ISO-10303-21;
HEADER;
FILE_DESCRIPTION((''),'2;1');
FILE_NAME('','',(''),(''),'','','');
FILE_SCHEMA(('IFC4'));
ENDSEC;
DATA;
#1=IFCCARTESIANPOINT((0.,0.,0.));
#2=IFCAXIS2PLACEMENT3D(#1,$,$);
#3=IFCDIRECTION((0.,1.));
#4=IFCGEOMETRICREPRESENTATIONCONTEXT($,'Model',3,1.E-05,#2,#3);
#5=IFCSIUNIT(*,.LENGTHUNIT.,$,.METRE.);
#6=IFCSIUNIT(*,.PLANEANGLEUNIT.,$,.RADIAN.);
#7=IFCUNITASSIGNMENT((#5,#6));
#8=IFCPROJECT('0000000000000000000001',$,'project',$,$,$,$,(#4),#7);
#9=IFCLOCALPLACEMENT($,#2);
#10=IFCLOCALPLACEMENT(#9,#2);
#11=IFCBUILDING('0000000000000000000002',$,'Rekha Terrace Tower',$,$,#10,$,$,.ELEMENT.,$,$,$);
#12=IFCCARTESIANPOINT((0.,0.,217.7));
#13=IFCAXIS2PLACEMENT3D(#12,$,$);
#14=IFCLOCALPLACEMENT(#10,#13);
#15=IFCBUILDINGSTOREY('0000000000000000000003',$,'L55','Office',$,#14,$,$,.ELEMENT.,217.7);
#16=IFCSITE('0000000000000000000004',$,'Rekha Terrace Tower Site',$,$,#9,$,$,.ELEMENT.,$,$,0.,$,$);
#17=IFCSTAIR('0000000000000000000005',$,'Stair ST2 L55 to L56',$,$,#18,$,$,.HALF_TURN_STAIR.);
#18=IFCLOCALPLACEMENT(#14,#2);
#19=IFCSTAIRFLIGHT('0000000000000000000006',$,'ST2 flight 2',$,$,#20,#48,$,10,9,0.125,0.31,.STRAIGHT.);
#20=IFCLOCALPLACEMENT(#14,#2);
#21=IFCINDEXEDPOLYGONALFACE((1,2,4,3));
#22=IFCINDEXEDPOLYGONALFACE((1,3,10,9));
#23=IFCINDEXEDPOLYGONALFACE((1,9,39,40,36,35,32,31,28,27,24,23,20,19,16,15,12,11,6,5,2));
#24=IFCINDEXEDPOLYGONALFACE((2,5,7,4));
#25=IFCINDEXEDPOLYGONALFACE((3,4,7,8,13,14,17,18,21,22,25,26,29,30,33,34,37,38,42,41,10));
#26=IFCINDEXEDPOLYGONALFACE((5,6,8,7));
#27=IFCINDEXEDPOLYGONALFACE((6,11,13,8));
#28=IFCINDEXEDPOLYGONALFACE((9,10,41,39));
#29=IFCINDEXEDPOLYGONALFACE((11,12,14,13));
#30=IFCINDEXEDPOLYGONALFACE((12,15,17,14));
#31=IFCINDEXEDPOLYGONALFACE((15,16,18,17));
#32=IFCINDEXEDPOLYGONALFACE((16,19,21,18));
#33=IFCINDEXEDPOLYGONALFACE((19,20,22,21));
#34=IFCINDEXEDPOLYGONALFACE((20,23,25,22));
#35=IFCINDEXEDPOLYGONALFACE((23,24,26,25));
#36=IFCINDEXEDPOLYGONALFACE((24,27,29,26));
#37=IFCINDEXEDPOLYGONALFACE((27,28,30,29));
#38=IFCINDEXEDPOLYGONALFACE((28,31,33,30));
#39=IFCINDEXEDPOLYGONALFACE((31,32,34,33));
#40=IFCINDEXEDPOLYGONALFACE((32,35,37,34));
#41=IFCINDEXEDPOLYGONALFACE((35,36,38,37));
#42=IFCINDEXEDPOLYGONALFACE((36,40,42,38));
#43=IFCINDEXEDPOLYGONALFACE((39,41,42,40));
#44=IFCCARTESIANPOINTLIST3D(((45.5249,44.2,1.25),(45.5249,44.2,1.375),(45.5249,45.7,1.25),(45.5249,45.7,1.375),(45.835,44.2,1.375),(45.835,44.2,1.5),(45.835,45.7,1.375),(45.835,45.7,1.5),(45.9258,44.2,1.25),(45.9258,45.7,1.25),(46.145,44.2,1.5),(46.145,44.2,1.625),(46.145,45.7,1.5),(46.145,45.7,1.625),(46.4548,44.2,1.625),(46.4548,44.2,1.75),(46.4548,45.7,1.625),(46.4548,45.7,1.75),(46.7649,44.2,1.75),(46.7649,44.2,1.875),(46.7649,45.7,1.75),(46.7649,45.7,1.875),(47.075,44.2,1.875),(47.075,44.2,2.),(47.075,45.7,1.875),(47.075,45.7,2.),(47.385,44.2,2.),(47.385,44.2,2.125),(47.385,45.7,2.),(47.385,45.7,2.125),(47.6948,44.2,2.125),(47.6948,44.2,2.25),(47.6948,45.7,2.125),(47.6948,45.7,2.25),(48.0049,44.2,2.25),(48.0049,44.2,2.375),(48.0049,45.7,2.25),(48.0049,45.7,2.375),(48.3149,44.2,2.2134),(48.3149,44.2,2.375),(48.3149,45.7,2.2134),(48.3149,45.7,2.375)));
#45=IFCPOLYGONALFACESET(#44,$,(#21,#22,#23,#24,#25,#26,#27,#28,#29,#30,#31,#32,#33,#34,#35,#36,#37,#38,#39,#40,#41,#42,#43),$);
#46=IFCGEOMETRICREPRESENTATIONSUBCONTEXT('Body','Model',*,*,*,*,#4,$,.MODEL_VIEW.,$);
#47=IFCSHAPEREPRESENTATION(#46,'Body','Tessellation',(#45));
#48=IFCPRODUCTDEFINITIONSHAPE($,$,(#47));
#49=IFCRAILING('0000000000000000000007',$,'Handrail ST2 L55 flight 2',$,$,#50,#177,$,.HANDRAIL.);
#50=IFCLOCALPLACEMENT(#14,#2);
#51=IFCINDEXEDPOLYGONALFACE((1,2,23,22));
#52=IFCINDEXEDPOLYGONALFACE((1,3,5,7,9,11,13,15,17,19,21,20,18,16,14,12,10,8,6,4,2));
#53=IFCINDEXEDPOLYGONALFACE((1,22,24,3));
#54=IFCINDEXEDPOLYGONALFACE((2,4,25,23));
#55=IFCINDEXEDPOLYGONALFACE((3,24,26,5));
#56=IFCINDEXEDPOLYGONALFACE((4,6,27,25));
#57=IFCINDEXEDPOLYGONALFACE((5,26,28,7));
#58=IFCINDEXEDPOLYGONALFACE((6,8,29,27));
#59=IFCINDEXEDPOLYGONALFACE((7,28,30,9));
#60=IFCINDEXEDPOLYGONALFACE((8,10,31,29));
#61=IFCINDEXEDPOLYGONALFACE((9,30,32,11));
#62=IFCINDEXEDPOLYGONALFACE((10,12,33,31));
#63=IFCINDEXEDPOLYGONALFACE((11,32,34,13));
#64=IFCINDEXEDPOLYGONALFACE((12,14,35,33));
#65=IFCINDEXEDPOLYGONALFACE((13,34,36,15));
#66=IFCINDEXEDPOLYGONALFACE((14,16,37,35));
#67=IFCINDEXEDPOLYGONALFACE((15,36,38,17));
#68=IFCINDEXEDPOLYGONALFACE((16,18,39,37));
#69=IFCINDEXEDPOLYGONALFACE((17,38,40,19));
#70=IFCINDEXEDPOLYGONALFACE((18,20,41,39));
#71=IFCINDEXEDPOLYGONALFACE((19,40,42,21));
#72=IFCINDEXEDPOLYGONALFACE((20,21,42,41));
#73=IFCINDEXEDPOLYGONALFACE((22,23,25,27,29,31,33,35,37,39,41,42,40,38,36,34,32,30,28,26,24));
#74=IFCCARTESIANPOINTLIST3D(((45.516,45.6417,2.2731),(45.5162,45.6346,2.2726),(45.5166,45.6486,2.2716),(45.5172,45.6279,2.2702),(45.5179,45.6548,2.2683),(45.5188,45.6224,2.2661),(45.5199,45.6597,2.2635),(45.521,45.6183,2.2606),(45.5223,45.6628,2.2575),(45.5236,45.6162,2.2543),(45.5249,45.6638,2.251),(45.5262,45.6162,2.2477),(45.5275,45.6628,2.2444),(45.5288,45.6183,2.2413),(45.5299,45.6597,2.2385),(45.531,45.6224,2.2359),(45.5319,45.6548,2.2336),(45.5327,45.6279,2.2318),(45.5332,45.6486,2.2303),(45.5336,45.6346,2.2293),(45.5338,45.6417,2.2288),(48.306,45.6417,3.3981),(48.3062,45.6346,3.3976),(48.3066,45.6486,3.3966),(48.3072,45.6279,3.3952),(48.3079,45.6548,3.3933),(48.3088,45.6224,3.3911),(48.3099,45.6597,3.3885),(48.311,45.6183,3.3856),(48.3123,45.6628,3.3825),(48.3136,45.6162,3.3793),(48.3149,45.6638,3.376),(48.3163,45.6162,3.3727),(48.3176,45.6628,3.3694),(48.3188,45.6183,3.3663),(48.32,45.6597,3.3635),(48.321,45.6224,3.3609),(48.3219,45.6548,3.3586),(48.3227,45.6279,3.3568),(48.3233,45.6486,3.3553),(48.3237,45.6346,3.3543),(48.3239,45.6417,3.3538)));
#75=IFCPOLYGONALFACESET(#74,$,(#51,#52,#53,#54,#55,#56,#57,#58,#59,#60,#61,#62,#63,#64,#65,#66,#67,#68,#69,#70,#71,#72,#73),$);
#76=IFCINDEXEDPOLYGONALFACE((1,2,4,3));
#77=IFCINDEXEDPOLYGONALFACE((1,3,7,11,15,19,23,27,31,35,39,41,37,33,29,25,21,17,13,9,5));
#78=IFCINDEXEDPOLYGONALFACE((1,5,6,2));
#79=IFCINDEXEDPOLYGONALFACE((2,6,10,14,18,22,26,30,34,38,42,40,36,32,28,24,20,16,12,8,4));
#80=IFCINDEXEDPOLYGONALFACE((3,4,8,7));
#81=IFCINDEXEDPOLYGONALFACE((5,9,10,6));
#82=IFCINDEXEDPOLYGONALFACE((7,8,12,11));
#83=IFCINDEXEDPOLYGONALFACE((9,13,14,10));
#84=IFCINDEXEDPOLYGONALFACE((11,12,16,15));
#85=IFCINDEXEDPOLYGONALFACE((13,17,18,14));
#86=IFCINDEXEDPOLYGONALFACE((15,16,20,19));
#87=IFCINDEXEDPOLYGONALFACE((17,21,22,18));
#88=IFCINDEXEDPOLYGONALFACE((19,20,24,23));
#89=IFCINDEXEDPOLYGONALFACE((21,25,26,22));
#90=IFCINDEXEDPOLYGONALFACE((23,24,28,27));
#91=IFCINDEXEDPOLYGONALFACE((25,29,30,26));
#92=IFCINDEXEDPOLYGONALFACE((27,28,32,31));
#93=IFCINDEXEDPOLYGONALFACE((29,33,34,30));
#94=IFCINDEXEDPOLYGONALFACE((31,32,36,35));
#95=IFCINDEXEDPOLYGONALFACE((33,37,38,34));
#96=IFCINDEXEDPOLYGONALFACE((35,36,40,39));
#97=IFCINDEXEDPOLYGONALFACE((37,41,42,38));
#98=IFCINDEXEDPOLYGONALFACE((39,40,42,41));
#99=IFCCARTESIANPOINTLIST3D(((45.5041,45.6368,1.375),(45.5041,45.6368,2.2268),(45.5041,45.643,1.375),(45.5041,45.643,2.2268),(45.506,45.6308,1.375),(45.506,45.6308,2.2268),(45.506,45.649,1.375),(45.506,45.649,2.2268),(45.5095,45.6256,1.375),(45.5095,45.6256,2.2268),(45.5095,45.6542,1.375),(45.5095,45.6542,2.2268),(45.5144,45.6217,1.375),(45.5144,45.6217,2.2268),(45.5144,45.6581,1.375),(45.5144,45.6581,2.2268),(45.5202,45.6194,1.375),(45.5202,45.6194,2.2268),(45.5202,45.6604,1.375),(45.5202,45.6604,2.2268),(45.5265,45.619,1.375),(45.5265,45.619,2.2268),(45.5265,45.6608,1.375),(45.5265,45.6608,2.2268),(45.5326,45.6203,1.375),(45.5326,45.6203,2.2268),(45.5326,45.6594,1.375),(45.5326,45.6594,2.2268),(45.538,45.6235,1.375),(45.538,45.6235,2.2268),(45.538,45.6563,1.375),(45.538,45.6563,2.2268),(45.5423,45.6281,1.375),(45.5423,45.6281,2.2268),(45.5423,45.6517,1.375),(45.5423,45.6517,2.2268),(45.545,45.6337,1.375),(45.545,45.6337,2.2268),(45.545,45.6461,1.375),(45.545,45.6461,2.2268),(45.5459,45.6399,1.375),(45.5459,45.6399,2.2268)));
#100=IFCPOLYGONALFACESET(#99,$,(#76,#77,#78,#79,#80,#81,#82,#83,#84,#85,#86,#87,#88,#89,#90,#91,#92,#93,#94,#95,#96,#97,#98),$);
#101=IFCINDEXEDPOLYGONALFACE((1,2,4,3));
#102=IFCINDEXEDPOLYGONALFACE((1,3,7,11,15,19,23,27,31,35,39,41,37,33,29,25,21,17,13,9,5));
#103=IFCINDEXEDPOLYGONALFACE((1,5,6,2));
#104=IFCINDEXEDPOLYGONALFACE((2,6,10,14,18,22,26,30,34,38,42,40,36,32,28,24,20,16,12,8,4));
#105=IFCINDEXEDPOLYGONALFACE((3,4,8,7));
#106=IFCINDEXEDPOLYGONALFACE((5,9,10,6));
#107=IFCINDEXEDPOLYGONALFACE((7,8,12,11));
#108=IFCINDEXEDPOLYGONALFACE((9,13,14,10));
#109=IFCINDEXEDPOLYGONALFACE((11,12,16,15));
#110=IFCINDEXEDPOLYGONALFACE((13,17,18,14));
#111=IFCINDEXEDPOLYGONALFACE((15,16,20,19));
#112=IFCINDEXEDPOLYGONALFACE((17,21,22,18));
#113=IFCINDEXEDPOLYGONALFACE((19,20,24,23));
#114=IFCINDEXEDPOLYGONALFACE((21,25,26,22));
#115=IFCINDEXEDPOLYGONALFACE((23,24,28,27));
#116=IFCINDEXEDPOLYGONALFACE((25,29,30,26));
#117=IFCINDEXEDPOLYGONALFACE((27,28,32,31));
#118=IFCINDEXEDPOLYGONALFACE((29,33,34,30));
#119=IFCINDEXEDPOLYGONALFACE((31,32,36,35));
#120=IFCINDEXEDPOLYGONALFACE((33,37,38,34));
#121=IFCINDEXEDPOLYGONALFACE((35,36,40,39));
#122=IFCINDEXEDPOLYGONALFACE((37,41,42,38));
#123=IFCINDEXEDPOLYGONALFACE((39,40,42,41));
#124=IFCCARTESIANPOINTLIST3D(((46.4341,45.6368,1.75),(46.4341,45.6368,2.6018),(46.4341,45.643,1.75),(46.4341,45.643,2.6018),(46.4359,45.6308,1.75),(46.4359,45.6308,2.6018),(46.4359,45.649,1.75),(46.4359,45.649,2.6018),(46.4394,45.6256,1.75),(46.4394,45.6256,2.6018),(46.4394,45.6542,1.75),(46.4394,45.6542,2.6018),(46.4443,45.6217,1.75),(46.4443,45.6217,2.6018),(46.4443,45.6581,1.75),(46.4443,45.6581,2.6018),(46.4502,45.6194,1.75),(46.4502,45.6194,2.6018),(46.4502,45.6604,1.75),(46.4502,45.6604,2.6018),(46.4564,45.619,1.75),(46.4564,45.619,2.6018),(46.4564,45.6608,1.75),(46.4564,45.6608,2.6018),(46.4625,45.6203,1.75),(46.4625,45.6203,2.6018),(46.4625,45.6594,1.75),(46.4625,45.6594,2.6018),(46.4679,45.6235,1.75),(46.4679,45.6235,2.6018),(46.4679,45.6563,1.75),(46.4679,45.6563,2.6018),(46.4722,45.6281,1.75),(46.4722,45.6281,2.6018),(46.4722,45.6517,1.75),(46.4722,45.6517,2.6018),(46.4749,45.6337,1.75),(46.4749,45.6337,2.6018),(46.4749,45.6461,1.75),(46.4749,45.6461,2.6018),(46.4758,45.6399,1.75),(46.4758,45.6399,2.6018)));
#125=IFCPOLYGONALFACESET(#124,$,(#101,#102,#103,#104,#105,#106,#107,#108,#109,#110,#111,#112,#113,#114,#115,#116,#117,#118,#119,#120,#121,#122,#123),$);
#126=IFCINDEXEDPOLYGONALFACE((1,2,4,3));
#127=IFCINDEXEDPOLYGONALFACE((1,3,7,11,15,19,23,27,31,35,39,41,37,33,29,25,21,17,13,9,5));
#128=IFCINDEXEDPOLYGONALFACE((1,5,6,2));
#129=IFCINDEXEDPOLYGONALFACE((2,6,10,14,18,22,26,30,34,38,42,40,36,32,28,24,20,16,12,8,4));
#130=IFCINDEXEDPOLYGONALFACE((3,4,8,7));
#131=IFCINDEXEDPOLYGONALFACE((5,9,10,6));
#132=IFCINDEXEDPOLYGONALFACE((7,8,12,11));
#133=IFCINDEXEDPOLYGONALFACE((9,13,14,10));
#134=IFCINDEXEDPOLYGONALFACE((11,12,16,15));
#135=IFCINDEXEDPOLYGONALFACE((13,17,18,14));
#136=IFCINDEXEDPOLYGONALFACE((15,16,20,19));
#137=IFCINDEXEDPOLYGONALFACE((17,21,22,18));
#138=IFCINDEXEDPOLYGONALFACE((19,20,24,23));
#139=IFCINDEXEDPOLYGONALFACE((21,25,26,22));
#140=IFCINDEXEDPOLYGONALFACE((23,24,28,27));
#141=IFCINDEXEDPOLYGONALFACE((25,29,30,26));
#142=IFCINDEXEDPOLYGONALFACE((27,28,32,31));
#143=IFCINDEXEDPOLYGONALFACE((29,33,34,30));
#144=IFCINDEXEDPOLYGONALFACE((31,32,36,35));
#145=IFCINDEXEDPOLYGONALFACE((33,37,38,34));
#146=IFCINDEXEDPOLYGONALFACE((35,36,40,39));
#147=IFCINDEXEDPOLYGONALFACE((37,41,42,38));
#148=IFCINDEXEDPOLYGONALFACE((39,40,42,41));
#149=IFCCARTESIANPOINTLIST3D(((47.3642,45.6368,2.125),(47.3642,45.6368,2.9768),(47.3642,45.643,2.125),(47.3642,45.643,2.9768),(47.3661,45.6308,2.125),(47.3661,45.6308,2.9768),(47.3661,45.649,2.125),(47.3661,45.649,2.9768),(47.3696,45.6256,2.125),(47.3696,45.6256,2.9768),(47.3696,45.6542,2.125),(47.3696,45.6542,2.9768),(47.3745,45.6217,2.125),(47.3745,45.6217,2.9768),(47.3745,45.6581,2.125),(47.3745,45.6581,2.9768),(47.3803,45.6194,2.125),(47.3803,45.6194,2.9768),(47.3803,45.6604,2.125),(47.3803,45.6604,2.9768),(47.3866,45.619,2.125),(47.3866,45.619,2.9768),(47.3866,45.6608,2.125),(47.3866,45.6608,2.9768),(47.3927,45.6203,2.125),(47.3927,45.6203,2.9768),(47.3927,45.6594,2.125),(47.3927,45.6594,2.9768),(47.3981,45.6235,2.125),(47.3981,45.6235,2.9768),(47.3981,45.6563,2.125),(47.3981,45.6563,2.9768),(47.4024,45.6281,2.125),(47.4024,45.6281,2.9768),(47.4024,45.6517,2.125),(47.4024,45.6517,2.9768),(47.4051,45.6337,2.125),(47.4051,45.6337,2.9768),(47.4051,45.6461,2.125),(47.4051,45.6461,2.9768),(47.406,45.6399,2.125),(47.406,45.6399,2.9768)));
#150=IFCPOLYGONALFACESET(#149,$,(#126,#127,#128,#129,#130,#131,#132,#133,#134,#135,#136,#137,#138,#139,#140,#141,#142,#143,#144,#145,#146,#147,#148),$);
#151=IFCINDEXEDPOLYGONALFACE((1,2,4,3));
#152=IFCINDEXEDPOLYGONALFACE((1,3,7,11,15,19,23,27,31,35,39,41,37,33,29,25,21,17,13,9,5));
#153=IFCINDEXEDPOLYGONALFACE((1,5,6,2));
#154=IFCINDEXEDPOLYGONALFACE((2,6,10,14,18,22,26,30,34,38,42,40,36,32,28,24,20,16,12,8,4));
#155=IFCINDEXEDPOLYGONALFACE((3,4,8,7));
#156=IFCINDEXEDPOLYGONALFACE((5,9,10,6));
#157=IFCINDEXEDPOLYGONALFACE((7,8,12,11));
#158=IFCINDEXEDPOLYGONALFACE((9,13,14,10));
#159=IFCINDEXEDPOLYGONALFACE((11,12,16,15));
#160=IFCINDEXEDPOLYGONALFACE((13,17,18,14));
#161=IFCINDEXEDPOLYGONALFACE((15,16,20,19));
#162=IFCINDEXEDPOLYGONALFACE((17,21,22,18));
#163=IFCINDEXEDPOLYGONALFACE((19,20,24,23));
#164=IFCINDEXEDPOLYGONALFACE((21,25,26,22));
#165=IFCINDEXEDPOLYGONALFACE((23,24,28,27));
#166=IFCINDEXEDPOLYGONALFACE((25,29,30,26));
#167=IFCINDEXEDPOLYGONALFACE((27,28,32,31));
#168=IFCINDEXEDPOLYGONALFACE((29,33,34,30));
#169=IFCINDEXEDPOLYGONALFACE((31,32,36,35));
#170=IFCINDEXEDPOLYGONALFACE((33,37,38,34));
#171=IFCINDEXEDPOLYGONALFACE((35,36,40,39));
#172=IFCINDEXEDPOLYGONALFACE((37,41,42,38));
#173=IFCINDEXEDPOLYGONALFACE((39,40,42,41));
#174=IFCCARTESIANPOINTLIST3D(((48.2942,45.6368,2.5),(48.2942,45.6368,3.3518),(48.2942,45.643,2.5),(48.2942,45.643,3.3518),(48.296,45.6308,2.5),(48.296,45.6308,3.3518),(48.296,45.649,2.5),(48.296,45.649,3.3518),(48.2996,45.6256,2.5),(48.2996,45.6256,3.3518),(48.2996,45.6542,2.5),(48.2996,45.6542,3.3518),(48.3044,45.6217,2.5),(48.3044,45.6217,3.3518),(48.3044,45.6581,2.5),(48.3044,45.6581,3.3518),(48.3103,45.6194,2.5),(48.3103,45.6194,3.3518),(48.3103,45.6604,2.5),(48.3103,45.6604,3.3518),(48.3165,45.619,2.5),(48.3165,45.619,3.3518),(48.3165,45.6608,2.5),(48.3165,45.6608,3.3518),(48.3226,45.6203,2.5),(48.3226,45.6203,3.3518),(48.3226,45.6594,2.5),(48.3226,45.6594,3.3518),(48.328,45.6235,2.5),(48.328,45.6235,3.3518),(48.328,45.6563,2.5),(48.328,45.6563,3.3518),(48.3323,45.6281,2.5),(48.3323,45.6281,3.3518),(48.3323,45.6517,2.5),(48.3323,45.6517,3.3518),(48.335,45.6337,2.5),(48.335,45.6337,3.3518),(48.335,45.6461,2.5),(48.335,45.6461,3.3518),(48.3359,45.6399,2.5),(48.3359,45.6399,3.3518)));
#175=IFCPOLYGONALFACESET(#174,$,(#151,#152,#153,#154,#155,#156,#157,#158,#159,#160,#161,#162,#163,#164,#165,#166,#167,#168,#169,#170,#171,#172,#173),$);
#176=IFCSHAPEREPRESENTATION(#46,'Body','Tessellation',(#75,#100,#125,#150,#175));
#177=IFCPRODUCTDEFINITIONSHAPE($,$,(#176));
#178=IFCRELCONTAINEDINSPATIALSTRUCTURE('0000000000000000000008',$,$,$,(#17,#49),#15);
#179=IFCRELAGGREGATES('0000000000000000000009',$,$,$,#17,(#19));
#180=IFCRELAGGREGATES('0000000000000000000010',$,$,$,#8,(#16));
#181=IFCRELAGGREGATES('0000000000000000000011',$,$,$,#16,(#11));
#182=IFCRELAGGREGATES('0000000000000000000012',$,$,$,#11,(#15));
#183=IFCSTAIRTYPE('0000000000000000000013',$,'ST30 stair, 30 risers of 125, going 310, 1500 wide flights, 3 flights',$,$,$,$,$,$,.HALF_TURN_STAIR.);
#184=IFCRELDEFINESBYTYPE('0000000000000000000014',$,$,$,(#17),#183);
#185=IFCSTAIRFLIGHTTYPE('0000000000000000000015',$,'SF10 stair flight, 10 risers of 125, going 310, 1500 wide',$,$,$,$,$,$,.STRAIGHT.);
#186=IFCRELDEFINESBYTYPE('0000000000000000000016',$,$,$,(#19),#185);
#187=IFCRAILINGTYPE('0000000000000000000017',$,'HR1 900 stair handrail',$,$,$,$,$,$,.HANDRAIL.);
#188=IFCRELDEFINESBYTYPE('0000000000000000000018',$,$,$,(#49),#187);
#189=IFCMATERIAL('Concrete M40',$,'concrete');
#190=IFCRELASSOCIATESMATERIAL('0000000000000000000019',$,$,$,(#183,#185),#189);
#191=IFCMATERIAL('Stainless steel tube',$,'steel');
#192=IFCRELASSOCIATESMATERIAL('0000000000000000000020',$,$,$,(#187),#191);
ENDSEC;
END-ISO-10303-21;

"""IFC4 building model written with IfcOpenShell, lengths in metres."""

from ifc_helpers import new_model, si_unit, direction, frame, origin, origin_2d, place, context, subcontext, project, spatial, polyline, circle, outline, extrude, material, type_object, element, aggregate, save


model = new_model("IFC4")

# Units and contexts
model_context = context("Model", 3, precision=1e-05, world=origin(), true_north=direction((0.0, 1.0)))
body_context = subcontext(model_context, "Body", "Model", "MODEL_VIEW")
ifc_project = project(units=[si_unit("LENGTHUNIT", "METRE"), si_unit("PLANEANGLEUNIT", "RADIAN")], contexts=[model_context])

# Site, building, storey
site_placement = place(None, origin())
site = spatial("IfcSite", under=ifc_project, at=site_placement, Name="Rekha Terrace Tower Site", CompositionType="ELEMENT", RefElevation=0.0)
building_placement = place(site_placement, origin())
building = spatial("IfcBuilding", under=site, at=building_placement, Name="Rekha Terrace Tower", CompositionType="ELEMENT")
storey_placement = place(building_placement, frame((0.0, 0.0, 217.7)))
storey = spatial("IfcBuildingStorey", under=building, at=storey_placement, Name="L55", Description="Office", CompositionType="ELEMENT", Elevation=217.7)

# Stair, stair flight
ifc_material_1 = material(Name="Concrete M40", Category="concrete")
stair_type = type_object("IfcStairType", Name="ST30 stair, 30 risers of 125, going 310, 1500 wide flights, 3 flights", PredefinedType="HALF_TURN_STAIR", material=ifc_material_1)
stair_placement = place(storey_placement, origin())
stair = element("IfcStair", 1, at=stair_placement, inside=storey, type_object=stair_type, Name="Stair ST2 L55 to L56", PredefinedType="HALF_TURN_STAIR")
stair_flight_type = type_object("IfcStairFlightType", Name="SF10 stair flight, 10 risers of 125, going 310, 1500 wide", PredefinedType="STRAIGHT", material=ifc_material_1)
stair_flight_placement = place(storey_placement, frame((45.5249, 44.95, 1.25), z_axis=(0.0, 0.0, 1.0), x_axis=(1.0, 0.0, 0.0)))
stair_flight = element("IfcStairFlight", 2, at=stair_flight_placement, type_object=stair_flight_type, Name="ST2 flight 2", NumberOfRisers=10, NumberOfTreads=9, PredefinedType="STRAIGHT", RiserHeight=0.125, TreadLength=0.31, context=body_context, shape_type="SweptSolid", body=[
    extrude(outline(polyline([(0.0, 0.0), (0.0, 0.125), (0.3101, 0.125), (0.3101, 0.25), (0.6201, 0.25), (0.6201, 0.375), (0.9299, 0.375), (0.9299, 0.5), (1.24, 0.5), (1.24, 0.625), (1.55, 0.625), (1.55, 0.75), (1.8601, 0.75), (1.8601, 0.875), (2.1699, 0.875), (2.1699, 1.0), (2.48, 1.0), (2.48, 1.125), (2.79, 1.125), (2.79, 1.25), (2.79, 0.9634), (0.4009, 0.0), (0.0, 0.0)])), frame((0.0, 0.75, 0.0), z_axis=(0.0, -1.0, 0.0), x_axis=(1.0, 0.0, 0.0)), (0.0, 0.0, 1.0), 1.5),
])
aggregate(stair, [stair_flight])

# Railing
ifc_material_2 = material(Name="Stainless steel tube", Category="steel")
railing_type = type_object("IfcRailingType", Name="HR1 900 stair handrail", PredefinedType="HANDRAIL", material=ifc_material_2)
railing_placement = place(storey_placement, frame((45.5249, 45.6399, 1.375)))
element("IfcRailing", 3, at=railing_placement, inside=storey, type_object=railing_type, Name="Handrail ST2 L55 flight 2", PredefinedType="HANDRAIL", context=body_context, shape_type="SweptSolid", body=[
    extrude(circle(Radius=0.0239, at=origin_2d()), frame((0.0, 0.0, 0.876), z_axis=(0.927443, 0.0, 0.373964), x_axis=(0.0, 1.0, 0.0)), (0.0, 0.0, 1.0), 3.0083),
    extrude(circle(Radius=0.021, at=origin_2d()), origin(), (0.0, 0.0, 1.0), 0.8518),
    extrude(circle(Radius=0.021, at=origin_2d()), frame((0.9299, 0.0, 0.375)), (0.0, 0.0, 1.0), 0.8518),
    extrude(circle(Radius=0.021, at=origin_2d()), frame((1.8601, 0.0, 0.75)), (0.0, 0.0, 1.0), 0.8518),
    extrude(circle(Radius=0.021, at=origin_2d()), frame((2.79, 0.0, 1.125)), (0.0, 0.0, 1.0), 0.8518),
])

save(model, "model.ifc")
